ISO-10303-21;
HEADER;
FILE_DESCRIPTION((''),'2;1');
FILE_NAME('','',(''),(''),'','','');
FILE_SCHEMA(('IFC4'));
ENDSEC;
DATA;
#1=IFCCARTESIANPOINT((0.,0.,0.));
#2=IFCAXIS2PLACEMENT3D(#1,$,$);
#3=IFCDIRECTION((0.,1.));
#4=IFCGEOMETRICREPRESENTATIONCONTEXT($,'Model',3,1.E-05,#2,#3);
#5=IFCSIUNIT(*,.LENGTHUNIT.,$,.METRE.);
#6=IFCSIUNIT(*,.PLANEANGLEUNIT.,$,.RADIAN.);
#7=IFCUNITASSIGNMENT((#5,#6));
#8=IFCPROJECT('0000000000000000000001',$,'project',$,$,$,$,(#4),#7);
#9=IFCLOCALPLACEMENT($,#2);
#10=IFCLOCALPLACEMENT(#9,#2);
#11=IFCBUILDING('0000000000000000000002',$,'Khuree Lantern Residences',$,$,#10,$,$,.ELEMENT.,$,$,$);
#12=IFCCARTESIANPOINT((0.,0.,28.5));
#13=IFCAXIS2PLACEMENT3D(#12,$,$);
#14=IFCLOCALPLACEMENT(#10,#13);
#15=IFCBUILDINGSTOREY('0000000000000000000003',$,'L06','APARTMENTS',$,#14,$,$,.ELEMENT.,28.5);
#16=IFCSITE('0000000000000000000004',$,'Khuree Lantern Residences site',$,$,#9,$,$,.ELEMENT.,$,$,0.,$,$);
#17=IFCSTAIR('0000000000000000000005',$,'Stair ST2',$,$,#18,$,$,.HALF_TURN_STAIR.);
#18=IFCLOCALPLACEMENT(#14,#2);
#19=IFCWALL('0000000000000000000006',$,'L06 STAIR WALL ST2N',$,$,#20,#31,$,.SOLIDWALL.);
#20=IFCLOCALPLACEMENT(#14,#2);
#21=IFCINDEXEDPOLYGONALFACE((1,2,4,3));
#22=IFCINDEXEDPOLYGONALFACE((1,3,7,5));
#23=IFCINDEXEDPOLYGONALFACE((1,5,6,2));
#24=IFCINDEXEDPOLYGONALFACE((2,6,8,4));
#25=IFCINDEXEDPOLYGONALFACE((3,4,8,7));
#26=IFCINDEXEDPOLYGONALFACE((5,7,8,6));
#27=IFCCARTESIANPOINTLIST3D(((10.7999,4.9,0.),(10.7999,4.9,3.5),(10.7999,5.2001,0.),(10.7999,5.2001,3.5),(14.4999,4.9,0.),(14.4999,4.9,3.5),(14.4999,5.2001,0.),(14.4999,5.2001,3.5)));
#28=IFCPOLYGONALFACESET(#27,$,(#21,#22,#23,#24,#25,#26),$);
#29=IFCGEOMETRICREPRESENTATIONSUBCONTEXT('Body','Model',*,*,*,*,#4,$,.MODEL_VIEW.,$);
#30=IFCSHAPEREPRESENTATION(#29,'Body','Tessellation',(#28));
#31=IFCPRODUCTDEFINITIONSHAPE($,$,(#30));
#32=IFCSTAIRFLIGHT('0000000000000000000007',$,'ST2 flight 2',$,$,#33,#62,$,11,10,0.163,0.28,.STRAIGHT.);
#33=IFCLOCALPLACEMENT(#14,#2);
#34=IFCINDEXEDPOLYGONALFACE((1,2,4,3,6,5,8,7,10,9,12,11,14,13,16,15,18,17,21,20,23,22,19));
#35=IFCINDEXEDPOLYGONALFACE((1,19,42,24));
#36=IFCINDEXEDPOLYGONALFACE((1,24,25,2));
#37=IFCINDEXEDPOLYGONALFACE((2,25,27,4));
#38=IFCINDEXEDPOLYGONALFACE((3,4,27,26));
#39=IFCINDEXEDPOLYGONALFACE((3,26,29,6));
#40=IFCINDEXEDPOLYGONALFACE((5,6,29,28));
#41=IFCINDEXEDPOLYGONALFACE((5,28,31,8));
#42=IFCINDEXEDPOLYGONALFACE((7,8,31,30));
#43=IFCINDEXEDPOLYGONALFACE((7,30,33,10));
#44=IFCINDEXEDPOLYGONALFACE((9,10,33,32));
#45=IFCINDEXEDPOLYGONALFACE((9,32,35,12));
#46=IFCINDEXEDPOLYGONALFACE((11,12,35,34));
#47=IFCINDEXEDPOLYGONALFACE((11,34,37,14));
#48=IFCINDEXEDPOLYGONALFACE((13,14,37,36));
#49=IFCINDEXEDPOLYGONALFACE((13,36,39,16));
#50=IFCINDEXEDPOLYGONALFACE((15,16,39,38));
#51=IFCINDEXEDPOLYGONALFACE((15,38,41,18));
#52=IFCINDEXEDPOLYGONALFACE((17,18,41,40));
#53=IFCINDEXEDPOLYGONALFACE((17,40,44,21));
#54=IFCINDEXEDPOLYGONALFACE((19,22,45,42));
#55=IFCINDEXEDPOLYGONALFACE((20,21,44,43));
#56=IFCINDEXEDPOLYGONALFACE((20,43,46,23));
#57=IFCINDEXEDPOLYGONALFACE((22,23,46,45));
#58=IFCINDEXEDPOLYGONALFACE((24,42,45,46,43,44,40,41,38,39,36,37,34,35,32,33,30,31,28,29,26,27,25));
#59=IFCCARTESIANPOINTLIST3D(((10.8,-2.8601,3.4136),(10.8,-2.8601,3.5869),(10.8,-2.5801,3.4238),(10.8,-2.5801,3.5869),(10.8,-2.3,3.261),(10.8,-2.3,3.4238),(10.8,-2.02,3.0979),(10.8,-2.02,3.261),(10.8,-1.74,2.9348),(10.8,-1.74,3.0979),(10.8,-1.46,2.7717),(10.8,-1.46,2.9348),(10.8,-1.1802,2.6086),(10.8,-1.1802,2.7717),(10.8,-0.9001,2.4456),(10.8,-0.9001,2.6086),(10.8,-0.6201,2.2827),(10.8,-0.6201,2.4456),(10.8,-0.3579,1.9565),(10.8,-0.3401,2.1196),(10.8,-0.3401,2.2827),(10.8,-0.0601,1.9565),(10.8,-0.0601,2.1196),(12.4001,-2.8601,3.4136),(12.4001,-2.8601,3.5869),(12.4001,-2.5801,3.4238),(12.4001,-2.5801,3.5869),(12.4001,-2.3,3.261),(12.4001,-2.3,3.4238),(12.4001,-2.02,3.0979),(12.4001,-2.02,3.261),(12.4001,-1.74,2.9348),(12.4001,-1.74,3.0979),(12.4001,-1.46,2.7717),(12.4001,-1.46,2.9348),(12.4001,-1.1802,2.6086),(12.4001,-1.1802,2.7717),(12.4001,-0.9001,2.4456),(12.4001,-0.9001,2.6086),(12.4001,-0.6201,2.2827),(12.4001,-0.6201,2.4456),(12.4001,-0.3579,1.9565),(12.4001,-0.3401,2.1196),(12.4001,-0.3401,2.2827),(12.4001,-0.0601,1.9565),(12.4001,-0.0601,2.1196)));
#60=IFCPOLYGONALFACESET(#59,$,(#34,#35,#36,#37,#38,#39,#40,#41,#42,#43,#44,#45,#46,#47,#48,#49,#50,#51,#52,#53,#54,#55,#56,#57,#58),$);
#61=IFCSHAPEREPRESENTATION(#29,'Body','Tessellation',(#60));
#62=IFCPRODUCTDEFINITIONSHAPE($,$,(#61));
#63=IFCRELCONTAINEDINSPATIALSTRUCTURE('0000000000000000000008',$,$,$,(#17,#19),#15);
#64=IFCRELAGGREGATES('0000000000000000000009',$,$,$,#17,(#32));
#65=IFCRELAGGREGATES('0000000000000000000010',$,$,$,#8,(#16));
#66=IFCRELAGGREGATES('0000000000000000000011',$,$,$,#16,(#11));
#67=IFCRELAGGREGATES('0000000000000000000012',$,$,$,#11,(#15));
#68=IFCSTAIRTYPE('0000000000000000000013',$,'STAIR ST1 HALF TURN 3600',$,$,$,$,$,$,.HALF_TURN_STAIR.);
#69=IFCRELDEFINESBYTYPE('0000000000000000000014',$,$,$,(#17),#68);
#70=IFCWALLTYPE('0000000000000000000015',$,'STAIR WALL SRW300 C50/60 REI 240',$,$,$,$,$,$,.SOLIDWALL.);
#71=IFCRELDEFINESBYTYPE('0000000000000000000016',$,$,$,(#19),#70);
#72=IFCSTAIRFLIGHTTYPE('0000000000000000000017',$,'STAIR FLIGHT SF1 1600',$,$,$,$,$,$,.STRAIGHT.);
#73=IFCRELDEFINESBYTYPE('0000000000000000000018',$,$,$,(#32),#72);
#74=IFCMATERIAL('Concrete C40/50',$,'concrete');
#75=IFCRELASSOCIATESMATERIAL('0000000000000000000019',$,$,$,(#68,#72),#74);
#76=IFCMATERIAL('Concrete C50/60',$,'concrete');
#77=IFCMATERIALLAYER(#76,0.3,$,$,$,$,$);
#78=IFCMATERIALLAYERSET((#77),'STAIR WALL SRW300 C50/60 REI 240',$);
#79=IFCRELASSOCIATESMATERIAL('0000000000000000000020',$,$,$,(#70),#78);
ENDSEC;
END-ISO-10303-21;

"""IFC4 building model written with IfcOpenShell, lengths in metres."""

from ifc_helpers import new_model, si_unit, direction, frame, frame_2d, origin, place, context, subcontext, project, spatial, polyline, rectangle, outline, extrude, material, layer, layer_set, type_object, element, aggregate, save


model = new_model("IFC4")

# Units and contexts
model_context = context("Model", 3, precision=1e-05, world=origin(), true_north=direction((0.0, 1.0)))
body_context = subcontext(model_context, "Body", "Model", "MODEL_VIEW")
ifc_project = project(units=[si_unit("LENGTHUNIT", "METRE"), si_unit("PLANEANGLEUNIT", "RADIAN")], contexts=[model_context])

# Site, building, storey
site_placement = place(None, origin())
site = spatial("IfcSite", under=ifc_project, at=site_placement, Name="Khuree Lantern Residences site", CompositionType="ELEMENT", RefElevation=0.0)
building_placement = place(site_placement, origin())
building = spatial("IfcBuilding", under=site, at=building_placement, Name="Khuree Lantern Residences", CompositionType="ELEMENT")
storey_placement = place(building_placement, frame((0.0, 0.0, 28.5)))
storey = spatial("IfcBuildingStorey", under=building, at=storey_placement, Name="L06", Description="APARTMENTS", CompositionType="ELEMENT", Elevation=28.5)

# Stair
ifc_material_1 = material(Name="Concrete C40/50", Category="concrete")
stair_type = type_object("IfcStairType", Name="STAIR ST1 HALF TURN 3600", PredefinedType="HALF_TURN_STAIR", material=ifc_material_1)
stair_1_placement = place(storey_placement, origin())
stair_1 = element("IfcStair", 1, at=stair_1_placement, inside=storey, type_object=stair_type, Name="Stair ST2", PredefinedType="HALF_TURN_STAIR")

# Wall
ifc_material_2 = material(Name="Concrete C50/60", Category="concrete")
ifc_layer_1 = layer(ifc_material_2, 0.3)
ifc_layer_set_1 = layer_set([ifc_layer_1], Name="STAIR WALL SRW300 C50/60 REI 240")
wall_type_1 = type_object("IfcWallType", Name="STAIR WALL SRW300 C50/60 REI 240", PredefinedType="SOLIDWALL", material=ifc_layer_set_1)
wall_1_placement = place(storey_placement, frame((14.5, 5.05, 0.0), z_axis=(0.0, 0.0, 1.0), x_axis=(-1.0, 0.0, 0.0)))
element("IfcWall", 2, at=wall_1_placement, inside=storey, type_object=wall_type_1, Name="L06 STAIR WALL ST2N", PredefinedType="SOLIDWALL", context=body_context, shape_type="SweptSolid", body=[
    extrude(rectangle(XDim=3.7, YDim=0.3, at=frame_2d((1.8501, 0.0))), origin(), (0.0, 0.0, 1.0), 3.5),
])

# Stair flight
stair_flight_type = type_object("IfcStairFlightType", Name="STAIR FLIGHT SF1 1600", PredefinedType="STRAIGHT", material=ifc_material_1)
stair_flight_placement = place(storey_placement, frame((11.6001, -0.0601, 1.9565), z_axis=(0.0, 0.0, 1.0), x_axis=(0.0, -1.0, 0.0)))
stair_flight = element("IfcStairFlight", 3, at=stair_flight_placement, type_object=stair_flight_type, Name="ST2 flight 2", NumberOfRisers=11, NumberOfTreads=10, PredefinedType="STRAIGHT", RiserHeight=0.163, TreadLength=0.28, context=body_context, shape_type="SweptSolid", body=[
    extrude(outline(polyline([(0.0, 0.0), (0.0, 0.1631), (0.28, 0.1631), (0.28, 0.3262), (0.5601, 0.3262), (0.5601, 0.489), (0.8401, 0.489), (0.8401, 0.6521), (1.1201, 0.6521), (1.1201, 0.8152), (1.3999, 0.8152), (1.3999, 0.9783), (1.6799, 0.9783), (1.6799, 1.1414), (1.96, 1.1414), (1.96, 1.3044), (2.24, 1.3044), (2.24, 1.4673), (2.52, 1.4673), (2.52, 1.6304), (2.8, 1.6304), (2.8, 1.7935), (2.8, 1.457), (0.2979, 0.0), (0.0, 0.0)])), frame((0.0, 0.8, 0.0), z_axis=(0.0, -1.0, 0.0), x_axis=(1.0, 0.0, 0.0)), (0.0, 0.0, 1.0), 1.6001),
])
aggregate(stair_1, [stair_flight])

save(model, "model.ifc")
